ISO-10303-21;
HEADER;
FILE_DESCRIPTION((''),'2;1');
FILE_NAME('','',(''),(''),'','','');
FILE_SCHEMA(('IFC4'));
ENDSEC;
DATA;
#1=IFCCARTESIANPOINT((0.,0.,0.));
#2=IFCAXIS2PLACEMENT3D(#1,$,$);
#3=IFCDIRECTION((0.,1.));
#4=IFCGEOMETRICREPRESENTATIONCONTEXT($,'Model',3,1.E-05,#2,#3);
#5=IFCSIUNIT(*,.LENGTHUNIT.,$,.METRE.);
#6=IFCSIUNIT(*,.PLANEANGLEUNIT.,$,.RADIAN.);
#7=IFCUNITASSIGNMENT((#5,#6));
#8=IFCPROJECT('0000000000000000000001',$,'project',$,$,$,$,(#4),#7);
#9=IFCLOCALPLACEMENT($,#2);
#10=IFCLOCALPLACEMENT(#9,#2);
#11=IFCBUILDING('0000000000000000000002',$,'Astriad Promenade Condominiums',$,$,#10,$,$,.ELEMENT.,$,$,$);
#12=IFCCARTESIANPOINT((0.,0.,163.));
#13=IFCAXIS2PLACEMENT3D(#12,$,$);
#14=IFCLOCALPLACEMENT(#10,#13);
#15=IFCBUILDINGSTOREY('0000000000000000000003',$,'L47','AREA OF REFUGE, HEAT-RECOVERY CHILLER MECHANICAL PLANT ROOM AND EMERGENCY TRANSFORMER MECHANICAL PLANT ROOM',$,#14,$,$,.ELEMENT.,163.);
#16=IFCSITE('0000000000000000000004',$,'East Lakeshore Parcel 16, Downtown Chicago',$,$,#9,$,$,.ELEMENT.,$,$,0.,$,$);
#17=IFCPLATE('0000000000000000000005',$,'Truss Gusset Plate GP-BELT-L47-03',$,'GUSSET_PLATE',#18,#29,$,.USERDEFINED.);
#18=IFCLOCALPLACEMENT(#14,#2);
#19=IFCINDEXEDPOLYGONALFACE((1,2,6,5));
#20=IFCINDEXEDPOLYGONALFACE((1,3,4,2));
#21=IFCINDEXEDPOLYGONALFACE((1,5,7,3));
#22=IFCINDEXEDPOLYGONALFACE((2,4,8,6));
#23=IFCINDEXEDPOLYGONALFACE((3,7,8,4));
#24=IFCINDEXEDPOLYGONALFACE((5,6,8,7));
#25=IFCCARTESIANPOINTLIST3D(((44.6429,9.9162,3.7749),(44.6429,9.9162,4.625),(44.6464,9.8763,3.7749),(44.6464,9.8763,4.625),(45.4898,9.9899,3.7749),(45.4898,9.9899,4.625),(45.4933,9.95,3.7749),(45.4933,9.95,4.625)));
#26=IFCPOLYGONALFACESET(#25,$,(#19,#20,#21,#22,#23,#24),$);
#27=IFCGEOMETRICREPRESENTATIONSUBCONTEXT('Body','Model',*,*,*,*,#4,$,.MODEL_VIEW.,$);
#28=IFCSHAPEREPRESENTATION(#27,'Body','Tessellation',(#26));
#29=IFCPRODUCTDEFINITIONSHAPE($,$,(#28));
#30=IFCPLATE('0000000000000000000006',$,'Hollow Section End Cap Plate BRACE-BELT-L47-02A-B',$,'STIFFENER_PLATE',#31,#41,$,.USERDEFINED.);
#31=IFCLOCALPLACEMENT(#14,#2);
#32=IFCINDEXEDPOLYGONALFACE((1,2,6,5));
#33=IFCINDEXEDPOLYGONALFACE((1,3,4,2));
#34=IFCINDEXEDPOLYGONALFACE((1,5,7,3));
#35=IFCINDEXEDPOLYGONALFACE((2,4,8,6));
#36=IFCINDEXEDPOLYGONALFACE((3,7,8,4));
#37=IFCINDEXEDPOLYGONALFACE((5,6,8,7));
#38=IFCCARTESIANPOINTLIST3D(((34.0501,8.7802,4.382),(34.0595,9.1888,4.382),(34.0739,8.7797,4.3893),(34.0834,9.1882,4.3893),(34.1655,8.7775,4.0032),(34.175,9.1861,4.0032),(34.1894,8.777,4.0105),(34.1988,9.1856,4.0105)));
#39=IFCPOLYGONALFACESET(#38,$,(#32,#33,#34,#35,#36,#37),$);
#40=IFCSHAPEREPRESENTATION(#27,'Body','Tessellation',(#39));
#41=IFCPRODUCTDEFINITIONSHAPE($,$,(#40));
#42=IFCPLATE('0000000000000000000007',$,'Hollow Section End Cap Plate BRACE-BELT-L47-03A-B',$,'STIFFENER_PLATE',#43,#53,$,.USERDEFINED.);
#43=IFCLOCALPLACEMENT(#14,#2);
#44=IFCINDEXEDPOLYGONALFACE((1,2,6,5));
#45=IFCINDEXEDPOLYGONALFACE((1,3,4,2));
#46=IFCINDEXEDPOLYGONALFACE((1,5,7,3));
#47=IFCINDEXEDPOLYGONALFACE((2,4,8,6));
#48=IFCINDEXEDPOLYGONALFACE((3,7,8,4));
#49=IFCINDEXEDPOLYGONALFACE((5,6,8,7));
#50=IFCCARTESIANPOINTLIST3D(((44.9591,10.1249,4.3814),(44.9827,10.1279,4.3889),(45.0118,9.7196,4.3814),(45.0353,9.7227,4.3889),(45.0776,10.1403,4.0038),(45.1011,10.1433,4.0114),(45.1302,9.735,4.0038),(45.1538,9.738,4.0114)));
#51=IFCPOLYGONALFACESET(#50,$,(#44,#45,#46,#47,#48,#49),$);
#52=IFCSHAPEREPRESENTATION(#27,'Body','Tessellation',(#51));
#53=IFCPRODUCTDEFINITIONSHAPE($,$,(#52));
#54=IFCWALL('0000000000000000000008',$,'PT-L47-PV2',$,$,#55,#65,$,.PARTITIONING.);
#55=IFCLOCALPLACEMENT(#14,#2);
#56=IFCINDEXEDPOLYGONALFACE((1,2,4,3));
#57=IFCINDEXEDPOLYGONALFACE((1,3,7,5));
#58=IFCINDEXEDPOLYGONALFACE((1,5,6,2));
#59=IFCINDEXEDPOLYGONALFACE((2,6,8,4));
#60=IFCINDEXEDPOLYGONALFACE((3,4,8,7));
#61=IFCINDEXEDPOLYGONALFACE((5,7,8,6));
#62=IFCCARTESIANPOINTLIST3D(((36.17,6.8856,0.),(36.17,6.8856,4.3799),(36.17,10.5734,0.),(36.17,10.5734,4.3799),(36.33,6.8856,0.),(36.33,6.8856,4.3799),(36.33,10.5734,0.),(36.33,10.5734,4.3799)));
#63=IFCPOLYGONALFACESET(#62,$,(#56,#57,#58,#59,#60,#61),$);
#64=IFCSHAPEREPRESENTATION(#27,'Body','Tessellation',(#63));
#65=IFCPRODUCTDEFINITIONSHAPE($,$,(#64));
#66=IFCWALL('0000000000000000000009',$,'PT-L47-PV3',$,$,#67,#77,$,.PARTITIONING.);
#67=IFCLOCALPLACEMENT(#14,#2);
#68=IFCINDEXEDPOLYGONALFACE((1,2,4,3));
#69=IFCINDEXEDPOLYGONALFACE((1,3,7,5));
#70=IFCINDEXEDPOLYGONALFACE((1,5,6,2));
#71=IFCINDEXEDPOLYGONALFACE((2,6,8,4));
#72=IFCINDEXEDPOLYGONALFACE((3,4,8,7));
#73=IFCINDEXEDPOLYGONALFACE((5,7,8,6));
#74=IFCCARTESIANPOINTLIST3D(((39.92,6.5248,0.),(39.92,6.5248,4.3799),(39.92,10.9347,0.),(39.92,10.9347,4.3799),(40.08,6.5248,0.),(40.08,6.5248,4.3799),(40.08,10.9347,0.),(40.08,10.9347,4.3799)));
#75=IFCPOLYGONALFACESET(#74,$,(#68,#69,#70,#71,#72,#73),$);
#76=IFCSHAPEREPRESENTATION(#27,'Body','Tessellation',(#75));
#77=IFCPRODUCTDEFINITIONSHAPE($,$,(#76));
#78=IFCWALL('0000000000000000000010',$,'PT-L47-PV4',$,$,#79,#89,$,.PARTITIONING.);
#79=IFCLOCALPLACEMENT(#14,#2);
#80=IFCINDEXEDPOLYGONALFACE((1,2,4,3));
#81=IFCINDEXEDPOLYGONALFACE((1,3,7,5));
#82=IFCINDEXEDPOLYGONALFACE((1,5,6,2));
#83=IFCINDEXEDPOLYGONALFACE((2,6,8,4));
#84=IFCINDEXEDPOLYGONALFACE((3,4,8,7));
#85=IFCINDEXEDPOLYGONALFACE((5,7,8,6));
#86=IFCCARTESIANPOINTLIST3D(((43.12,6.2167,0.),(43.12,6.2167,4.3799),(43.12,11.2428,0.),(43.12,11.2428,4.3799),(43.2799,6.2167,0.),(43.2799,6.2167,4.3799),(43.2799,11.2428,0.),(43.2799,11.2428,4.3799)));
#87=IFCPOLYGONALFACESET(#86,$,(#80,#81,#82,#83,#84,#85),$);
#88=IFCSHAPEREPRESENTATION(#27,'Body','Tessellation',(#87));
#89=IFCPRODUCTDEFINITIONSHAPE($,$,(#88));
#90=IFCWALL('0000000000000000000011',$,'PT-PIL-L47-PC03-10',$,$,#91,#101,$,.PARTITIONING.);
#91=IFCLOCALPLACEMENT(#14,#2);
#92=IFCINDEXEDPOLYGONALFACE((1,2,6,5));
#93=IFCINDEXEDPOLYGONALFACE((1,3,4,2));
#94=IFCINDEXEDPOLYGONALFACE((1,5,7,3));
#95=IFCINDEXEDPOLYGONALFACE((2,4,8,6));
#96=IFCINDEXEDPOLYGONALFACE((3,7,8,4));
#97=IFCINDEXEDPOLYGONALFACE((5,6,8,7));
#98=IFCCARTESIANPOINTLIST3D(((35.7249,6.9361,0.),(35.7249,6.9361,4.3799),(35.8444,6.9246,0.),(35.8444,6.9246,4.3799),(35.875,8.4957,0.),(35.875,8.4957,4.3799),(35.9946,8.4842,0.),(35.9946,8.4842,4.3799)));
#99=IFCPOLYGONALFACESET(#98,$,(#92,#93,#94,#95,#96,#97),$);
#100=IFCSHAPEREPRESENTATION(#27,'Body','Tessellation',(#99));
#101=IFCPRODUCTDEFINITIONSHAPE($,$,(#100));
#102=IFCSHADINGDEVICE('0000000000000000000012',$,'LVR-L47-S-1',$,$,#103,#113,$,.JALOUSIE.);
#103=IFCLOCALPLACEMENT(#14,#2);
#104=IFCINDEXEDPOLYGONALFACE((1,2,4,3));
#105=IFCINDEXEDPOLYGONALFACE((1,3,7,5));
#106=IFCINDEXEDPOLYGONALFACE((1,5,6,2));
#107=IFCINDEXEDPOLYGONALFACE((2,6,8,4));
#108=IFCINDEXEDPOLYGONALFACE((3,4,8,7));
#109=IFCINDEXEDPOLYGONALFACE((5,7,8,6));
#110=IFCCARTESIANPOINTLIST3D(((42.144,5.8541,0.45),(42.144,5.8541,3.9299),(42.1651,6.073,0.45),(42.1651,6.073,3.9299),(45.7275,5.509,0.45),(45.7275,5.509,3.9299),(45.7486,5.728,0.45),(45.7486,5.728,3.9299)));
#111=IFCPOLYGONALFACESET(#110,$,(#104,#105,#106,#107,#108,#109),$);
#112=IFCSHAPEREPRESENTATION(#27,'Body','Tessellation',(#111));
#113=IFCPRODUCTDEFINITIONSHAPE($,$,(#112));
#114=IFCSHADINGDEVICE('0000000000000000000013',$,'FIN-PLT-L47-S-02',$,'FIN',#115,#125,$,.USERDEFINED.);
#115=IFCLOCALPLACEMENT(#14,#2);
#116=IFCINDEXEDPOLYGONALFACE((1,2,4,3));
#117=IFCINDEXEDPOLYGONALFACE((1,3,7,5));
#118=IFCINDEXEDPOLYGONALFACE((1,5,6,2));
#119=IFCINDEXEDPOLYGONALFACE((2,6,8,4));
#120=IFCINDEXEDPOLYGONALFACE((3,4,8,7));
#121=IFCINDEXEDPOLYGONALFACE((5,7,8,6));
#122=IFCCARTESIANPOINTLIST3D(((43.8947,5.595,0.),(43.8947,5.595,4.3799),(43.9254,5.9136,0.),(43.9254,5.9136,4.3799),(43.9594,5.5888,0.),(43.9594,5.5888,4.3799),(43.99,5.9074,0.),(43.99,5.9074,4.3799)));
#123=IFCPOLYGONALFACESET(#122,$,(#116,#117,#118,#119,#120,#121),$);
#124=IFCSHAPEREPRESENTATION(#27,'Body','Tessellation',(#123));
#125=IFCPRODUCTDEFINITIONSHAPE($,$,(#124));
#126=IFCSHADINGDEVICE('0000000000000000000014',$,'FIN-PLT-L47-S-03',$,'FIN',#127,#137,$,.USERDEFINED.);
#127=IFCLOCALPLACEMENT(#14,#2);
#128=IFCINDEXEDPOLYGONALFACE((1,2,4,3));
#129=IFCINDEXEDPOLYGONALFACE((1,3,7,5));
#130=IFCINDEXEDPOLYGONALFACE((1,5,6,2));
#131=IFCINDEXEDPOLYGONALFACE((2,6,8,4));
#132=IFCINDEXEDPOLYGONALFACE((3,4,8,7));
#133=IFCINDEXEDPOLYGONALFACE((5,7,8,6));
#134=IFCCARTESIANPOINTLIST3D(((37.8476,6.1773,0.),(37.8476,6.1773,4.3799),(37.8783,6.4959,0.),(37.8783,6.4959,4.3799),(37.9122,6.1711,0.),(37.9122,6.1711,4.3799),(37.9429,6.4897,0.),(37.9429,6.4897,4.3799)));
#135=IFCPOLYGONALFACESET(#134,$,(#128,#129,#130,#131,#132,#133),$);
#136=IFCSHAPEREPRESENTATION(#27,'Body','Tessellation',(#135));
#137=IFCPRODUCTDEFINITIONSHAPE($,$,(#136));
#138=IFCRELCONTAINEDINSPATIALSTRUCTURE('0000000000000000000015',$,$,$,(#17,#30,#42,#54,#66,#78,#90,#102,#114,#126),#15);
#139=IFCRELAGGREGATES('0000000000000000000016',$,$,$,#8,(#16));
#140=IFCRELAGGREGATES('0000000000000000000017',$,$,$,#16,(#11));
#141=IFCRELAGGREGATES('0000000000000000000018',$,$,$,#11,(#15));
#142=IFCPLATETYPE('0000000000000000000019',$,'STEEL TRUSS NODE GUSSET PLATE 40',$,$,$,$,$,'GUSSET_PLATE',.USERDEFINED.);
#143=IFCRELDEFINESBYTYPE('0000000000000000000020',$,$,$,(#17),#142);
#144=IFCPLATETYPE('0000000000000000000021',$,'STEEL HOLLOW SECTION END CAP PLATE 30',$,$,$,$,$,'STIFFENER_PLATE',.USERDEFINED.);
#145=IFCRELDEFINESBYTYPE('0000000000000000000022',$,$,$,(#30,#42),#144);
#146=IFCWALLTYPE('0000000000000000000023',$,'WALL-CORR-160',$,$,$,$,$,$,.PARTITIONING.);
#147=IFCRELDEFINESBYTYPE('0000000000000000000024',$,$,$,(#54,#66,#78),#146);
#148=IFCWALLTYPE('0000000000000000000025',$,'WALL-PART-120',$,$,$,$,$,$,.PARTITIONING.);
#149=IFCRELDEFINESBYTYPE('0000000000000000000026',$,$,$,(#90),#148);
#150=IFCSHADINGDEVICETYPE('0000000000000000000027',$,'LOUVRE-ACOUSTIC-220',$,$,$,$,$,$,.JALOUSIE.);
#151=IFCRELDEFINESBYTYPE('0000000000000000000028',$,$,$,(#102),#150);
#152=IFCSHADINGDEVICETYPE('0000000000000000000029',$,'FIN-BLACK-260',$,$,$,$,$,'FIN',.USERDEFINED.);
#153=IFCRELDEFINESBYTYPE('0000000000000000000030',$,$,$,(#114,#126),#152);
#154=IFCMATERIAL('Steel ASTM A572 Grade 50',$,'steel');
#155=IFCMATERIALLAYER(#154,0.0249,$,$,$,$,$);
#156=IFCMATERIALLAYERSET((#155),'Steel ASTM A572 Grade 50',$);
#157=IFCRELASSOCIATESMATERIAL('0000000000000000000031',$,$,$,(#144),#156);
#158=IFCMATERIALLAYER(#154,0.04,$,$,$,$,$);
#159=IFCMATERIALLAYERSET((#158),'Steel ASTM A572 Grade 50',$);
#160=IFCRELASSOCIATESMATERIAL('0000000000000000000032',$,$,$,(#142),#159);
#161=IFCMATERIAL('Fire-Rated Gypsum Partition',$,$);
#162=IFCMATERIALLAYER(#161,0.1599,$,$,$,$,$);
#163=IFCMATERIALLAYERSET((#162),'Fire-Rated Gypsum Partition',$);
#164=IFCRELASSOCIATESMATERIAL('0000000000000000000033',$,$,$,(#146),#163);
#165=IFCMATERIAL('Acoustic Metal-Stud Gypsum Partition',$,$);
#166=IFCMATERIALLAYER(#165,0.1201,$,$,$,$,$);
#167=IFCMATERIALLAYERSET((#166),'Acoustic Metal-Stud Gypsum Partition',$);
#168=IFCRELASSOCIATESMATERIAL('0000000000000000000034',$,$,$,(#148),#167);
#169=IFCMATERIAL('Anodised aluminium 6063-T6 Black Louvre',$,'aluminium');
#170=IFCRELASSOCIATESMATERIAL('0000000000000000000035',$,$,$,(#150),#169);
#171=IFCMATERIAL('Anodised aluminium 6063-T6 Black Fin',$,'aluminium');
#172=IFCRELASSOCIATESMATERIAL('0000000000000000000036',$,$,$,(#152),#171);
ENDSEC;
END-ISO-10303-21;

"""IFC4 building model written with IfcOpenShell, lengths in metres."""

from ifc_helpers import new_model, si_unit, direction, frame, frame_2d, origin, origin_2d, place, context, subcontext, project, spatial, rectangle, extrude, source, transform, mapped, material, layer, layer_set, type_object, type_shapes, element, save


model = new_model("IFC4")

# Units and contexts
model_context = context("Model", 3, precision=1e-05, world=origin(), true_north=direction((0.0, 1.0)))
body_context = subcontext(model_context, "Body", "Model", "MODEL_VIEW")
ifc_project = project(units=[si_unit("LENGTHUNIT", "METRE"), si_unit("PLANEANGLEUNIT", "RADIAN")], contexts=[model_context])

# Site, building, storey
site_placement = place(None, origin())
site = spatial("IfcSite", under=ifc_project, at=site_placement, Name="East Lakeshore Parcel 16, Downtown Chicago", CompositionType="ELEMENT", RefElevation=0.0)
building_placement = place(site_placement, origin())
building = spatial("IfcBuilding", under=site, at=building_placement, Name="Astriad Promenade Condominiums", CompositionType="ELEMENT")
storey_placement = place(building_placement, frame((0.0, 0.0, 163.0)))
storey = spatial("IfcBuildingStorey", under=building, at=storey_placement, Name="L47", Description="AREA OF REFUGE, HEAT-RECOVERY CHILLER MECHANICAL PLANT ROOM AND EMERGENCY TRANSFORMER MECHANICAL PLANT ROOM", CompositionType="ELEMENT", Elevation=163.0)

# Plates
ifc_material_1 = material(Name="Steel ASTM A572 Grade 50", Category="steel")
ifc_layer_1 = layer(ifc_material_1, 0.0249)
ifc_layer_set_1 = layer_set([ifc_layer_1], Name="Steel ASTM A572 Grade 50")
plate_type_1 = type_object("IfcPlateType", Name="STEEL HOLLOW SECTION END CAP PLATE 30", ElementType="STIFFENER_PLATE", PredefinedType="USERDEFINED", material=ifc_layer_set_1)
ifc_layer_2 = layer(ifc_material_1, 0.04)
ifc_layer_set_2 = layer_set([ifc_layer_2], Name="Steel ASTM A572 Grade 50")
plate_type_2 = type_object("IfcPlateType", Name="STEEL TRUSS NODE GUSSET PLATE 40", ElementType="GUSSET_PLATE", PredefinedType="USERDEFINED", material=ifc_layer_set_2)
shared_shape_1 = source(origin(), body_context, "Body", "SweptSolid", [
    extrude(rectangle(XDim=0.8501, YDim=0.04, at=origin_2d()), origin(), (0.0, 0.0, 1.0), 0.8501),
])
type_shapes(plate_type_2, [shared_shape_1])
for number, where, z_axis, x_axis, name in (
    (1, (45.0681, 9.9331, 3.7749), (0.0, 0.0, 1.0), (0.99624, 0.086634, 0.0), "Truss Gusset Plate GP-BELT-L47-03"),
):
    element("IfcPlate", number, at=place(storey_placement, frame(where, z_axis=z_axis, x_axis=x_axis)), inside=storey, type_object=plate_type_2, Name=name, ObjectType="GUSSET_PLATE", PredefinedType="USERDEFINED", context=body_context, shape_type="MappedRepresentation", body=[
        mapped(shared_shape_1, transform((0.0, 0.0, 0.0), scale=1.0)),
    ])
shared_shape_2 = source(origin(), body_context, "Body", "SweptSolid", [
    extrude(rectangle(XDim=0.4087, YDim=0.396, at=origin_2d()), origin(), (0.0, 0.0, 1.0), 0.0249),
])
for number, where, z_axis, x_axis, name in (
    (2, (34.1125, 8.9832, 4.1926), (0.956249, -0.022195, 0.291711), (0.023204, 0.999731, 0.0), "Hollow Section End Cap Plate BRACE-BELT-L47-02A-B"),
    (3, (45.0447, 9.9299, 4.1926), (0.945494, 0.122865, 0.301571), (-0.128864, 0.991662, 0.0), "Hollow Section End Cap Plate BRACE-BELT-L47-03A-B"),
):
    element("IfcPlate", number, at=place(storey_placement, frame(where, z_axis=z_axis, x_axis=x_axis)), inside=storey, type_object=plate_type_1, Name=name, ObjectType="STIFFENER_PLATE", PredefinedType="USERDEFINED", context=body_context, shape_type="MappedRepresentation", body=[
        mapped(shared_shape_2, transform((0.0, 0.0, 0.0), scale=1.0)),
    ])

# Walls
ifc_material_2 = material(Name="Fire-Rated Gypsum Partition")
ifc_layer_3 = layer(ifc_material_2, 0.1599)
ifc_layer_set_3 = layer_set([ifc_layer_3], Name="Fire-Rated Gypsum Partition")
wall_type_1 = type_object("IfcWallType", Name="WALL-CORR-160", PredefinedType="PARTITIONING", material=ifc_layer_set_3)
wall_1_placement = place(storey_placement, frame((36.25, 6.8857, 0.0), z_axis=(0.0, 0.0, 1.0), x_axis=(0.0, 1.0, 0.0)))
element("IfcWall", 4, at=wall_1_placement, inside=storey, type_object=wall_type_1, Name="PT-L47-PV2", PredefinedType="PARTITIONING", context=body_context, shape_type="SweptSolid", body=[
    extrude(rectangle(XDim=3.6877, YDim=0.1599, at=frame_2d((1.8438, 0.0))), origin(), (0.0, 0.0, 1.0), 4.3799),
])
wall_2_placement = place(storey_placement, frame((40.0, 6.5247, 0.0), z_axis=(0.0, 0.0, 1.0), x_axis=(0.0, 1.0, 0.0)))
element("IfcWall", 5, at=wall_2_placement, inside=storey, type_object=wall_type_1, Name="PT-L47-PV3", PredefinedType="PARTITIONING", context=body_context, shape_type="SweptSolid", body=[
    extrude(rectangle(XDim=4.4099, YDim=0.1599, at=frame_2d((2.2051, 0.0))), origin(), (0.0, 0.0, 1.0), 4.3799),
])
wall_3_placement = place(storey_placement, frame((43.2, 6.2166, 0.0), z_axis=(0.0, 0.0, 1.0), x_axis=(0.0, 1.0, 0.0)))
element("IfcWall", 6, at=wall_3_placement, inside=storey, type_object=wall_type_1, Name="PT-L47-PV4", PredefinedType="PARTITIONING", context=body_context, shape_type="SweptSolid", body=[
    extrude(rectangle(XDim=5.0261, YDim=0.1599, at=frame_2d((2.5132, 0.0))), origin(), (0.0, 0.0, 1.0), 4.3799),
])
ifc_material_3 = material(Name="Acoustic Metal-Stud Gypsum Partition")
ifc_layer_4 = layer(ifc_material_3, 0.1201)
ifc_layer_set_4 = layer_set([ifc_layer_4], Name="Acoustic Metal-Stud Gypsum Partition")
wall_type_2 = type_object("IfcWallType", Name="WALL-PART-120", PredefinedType="PARTITIONING", material=ifc_layer_set_4)
wall_4_placement = place(storey_placement, frame((35.9348, 8.49, 0.0), z_axis=(0.0, 0.0, 1.0), x_axis=(-0.095831, -0.995398, 0.0)))
element("IfcWall", 7, at=wall_4_placement, inside=storey, type_object=wall_type_2, Name="PT-PIL-L47-PC03-10", PredefinedType="PARTITIONING", context=body_context, shape_type="SweptSolid", body=[
    extrude(rectangle(XDim=1.5669, YDim=0.1201, at=frame_2d((0.7834, 0.0))), origin(), (0.0, 0.0, 1.0), 4.3799),
])

# Shading devices
ifc_material_4 = material(Name="Anodised aluminium 6063-T6 Black Louvre", Category="aluminium")
shading_device_type_1 = type_object("IfcShadingDeviceType", Name="LOUVRE-ACOUSTIC-220", PredefinedType="JALOUSIE", material=ifc_material_4)
shared_shape_3 = source(origin(), body_context, "Body", "SweptSolid", [
    extrude(rectangle(XDim=3.6001, YDim=0.22, at=origin_2d()), origin(), (0.0, 0.0, 1.0), 3.48),
])
type_shapes(shading_device_type_1, [shared_shape_3])
shading_device_placement = place(storey_placement, frame((43.9463, 5.791, 0.45), z_axis=(0.0, 0.0, 1.0), x_axis=(-0.995396, 0.095846, 0.0)))
element("IfcShadingDevice", 8, at=shading_device_placement, inside=storey, type_object=shading_device_type_1, Name="LVR-L47-S-1", PredefinedType="JALOUSIE", context=body_context, shape_type="MappedRepresentation", body=[
    mapped(shared_shape_3, transform((0.0, 0.0, 0.0), scale=1.0)),
])
ifc_material_5 = material(Name="Anodised aluminium 6063-T6 Black Fin", Category="aluminium")
shading_device_type_2 = type_object("IfcShadingDeviceType", Name="FIN-BLACK-260", ElementType="FIN", PredefinedType="USERDEFINED", material=ifc_material_5)
shared_shape_4 = source(origin(), body_context, "Body", "SweptSolid", [
    extrude(rectangle(XDim=0.0649, YDim=0.3201, at=origin_2d()), origin(), (0.0, 0.0, 1.0), 4.3799),
])
type_shapes(shading_device_type_2, [shared_shape_4])
for number, where, z_axis, x_axis, name in (
    (9, (43.9424, 5.7512, 0.0), (0.0, 0.0, 1.0), (-0.995396, 0.095846, 0.0), "FIN-PLT-L47-S-02"),
    (10, (37.8953, 6.3335, 0.0), (0.0, 0.0, 1.0), (-0.995396, 0.095846, 0.0), "FIN-PLT-L47-S-03"),
):
    element("IfcShadingDevice", number, at=place(storey_placement, frame(where, z_axis=z_axis, x_axis=x_axis)), inside=storey, type_object=shading_device_type_2, Name=name, ObjectType="FIN", PredefinedType="USERDEFINED", context=body_context, shape_type="MappedRepresentation", body=[
        mapped(shared_shape_4, transform((0.0, 0.0, 0.0), scale=1.0)),
    ])

save(model, "model.ifc")
